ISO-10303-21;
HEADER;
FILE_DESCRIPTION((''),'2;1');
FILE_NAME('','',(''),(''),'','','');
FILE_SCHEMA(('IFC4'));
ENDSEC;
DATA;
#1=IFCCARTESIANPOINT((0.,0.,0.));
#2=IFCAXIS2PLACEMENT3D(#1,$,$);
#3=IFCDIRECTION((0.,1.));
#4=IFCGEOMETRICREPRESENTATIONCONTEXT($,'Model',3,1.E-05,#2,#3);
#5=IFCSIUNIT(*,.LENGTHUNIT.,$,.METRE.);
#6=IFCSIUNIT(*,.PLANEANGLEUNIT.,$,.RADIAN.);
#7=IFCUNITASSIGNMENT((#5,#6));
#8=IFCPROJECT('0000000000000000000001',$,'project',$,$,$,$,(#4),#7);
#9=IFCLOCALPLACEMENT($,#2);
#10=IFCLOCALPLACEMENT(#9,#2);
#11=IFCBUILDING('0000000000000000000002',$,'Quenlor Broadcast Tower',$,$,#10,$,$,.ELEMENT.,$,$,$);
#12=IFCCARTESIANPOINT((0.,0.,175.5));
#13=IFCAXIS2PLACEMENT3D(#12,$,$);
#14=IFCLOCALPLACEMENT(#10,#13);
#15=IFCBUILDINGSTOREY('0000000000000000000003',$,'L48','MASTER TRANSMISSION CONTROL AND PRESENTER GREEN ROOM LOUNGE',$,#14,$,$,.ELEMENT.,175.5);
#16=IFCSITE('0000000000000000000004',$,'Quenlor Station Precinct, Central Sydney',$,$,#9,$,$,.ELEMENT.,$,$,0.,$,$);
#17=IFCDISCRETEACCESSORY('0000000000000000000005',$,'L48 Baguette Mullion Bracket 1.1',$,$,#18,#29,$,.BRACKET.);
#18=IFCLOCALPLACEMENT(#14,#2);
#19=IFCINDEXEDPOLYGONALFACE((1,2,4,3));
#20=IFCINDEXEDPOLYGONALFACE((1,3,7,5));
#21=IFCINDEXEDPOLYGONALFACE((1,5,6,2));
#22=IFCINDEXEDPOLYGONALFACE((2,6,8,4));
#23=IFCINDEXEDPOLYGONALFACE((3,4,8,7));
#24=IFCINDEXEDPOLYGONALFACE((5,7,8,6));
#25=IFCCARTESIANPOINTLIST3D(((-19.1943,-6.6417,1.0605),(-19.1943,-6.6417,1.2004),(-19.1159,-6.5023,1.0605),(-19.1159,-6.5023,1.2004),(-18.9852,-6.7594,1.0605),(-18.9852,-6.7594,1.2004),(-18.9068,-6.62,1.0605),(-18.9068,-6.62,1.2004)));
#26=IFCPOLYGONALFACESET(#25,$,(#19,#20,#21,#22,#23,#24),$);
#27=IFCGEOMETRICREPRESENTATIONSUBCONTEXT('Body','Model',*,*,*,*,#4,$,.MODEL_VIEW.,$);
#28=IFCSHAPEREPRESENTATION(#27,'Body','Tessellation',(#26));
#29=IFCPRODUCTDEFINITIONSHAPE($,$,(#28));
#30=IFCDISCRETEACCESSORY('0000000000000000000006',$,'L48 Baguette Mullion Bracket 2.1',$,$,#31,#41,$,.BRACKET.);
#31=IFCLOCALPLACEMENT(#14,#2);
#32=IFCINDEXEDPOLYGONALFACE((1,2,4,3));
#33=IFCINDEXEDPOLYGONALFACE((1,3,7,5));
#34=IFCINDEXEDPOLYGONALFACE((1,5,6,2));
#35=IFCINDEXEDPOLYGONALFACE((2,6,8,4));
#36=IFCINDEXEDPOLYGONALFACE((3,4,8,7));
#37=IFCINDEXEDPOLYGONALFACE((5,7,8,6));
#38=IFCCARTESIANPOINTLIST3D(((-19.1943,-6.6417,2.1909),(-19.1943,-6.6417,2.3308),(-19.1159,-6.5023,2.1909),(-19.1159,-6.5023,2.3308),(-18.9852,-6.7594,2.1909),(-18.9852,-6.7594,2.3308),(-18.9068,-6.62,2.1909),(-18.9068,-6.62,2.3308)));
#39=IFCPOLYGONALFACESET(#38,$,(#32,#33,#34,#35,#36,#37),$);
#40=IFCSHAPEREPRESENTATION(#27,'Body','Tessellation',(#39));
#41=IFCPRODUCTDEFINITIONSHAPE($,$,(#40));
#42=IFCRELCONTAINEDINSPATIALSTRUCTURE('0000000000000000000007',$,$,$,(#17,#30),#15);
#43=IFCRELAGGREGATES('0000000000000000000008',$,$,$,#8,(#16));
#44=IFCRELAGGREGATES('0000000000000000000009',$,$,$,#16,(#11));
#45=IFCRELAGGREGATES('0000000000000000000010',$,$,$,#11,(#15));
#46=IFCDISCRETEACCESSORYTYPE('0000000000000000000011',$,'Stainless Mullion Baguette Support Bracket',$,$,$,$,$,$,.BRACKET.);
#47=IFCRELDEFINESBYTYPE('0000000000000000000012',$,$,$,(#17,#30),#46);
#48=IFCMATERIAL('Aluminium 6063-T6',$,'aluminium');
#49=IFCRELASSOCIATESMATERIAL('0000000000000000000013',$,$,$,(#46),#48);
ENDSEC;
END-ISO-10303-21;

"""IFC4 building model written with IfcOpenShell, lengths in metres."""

from ifc_helpers import new_model, si_unit, direction, frame, origin, origin_2d, place, context, subcontext, project, spatial, rectangle, extrude, material, type_object, element, save


model = new_model("IFC4")

# Units and contexts
model_context = context("Model", 3, precision=1e-05, world=origin(), true_north=direction((0.0, 1.0)))
body_context = subcontext(model_context, "Body", "Model", "MODEL_VIEW")
ifc_project = project(units=[si_unit("LENGTHUNIT", "METRE"), si_unit("PLANEANGLEUNIT", "RADIAN")], contexts=[model_context])

# Site, building, storey
site_placement = place(None, origin())
site = spatial("IfcSite", under=ifc_project, at=site_placement, Name="Quenlor Station Precinct, Central Sydney", CompositionType="ELEMENT", RefElevation=0.0)
building_placement = place(site_placement, origin())
building = spatial("IfcBuilding", under=site, at=building_placement, Name="Quenlor Broadcast Tower", CompositionType="ELEMENT")
storey_placement = place(building_placement, frame((0.0, 0.0, 175.5)))
storey = spatial("IfcBuildingStorey", under=building, at=storey_placement, Name="L48", Description="MASTER TRANSMISSION CONTROL AND PRESENTER GREEN ROOM LOUNGE", CompositionType="ELEMENT", Elevation=175.5)

# Discrete accessories
ifc_material_1 = material(Name="Aluminium 6063-T6", Category="aluminium")
discrete_accessory_type = type_object("IfcDiscreteAccessoryType", Name="Stainless Mullion Baguette Support Bracket", PredefinedType="BRACKET", material=ifc_material_1)
for number, where, z_axis, x_axis, name in (
    (1, (-19.0505, -6.6309, 1.0605), (0.0, 0.0, 1.0), (0.490259, 0.871577, 0.0), "L48 Baguette Mullion Bracket 1.1"),
    (2, (-19.0505, -6.6309, 2.1909), (0.0, 0.0, 1.0), (0.490259, 0.871577, 0.0), "L48 Baguette Mullion Bracket 2.1"),
):
    element("IfcDiscreteAccessory", number, at=place(storey_placement, frame(where, z_axis=z_axis, x_axis=x_axis)), inside=storey, type_object=discrete_accessory_type, Name=name, PredefinedType="BRACKET", context=body_context, shape_type="SweptSolid", body=[
        extrude(rectangle(XDim=0.1599, YDim=0.24, at=origin_2d()), origin(), (0.0, 0.0, 1.0), 0.1399),
    ])

save(model, "model.ifc")
